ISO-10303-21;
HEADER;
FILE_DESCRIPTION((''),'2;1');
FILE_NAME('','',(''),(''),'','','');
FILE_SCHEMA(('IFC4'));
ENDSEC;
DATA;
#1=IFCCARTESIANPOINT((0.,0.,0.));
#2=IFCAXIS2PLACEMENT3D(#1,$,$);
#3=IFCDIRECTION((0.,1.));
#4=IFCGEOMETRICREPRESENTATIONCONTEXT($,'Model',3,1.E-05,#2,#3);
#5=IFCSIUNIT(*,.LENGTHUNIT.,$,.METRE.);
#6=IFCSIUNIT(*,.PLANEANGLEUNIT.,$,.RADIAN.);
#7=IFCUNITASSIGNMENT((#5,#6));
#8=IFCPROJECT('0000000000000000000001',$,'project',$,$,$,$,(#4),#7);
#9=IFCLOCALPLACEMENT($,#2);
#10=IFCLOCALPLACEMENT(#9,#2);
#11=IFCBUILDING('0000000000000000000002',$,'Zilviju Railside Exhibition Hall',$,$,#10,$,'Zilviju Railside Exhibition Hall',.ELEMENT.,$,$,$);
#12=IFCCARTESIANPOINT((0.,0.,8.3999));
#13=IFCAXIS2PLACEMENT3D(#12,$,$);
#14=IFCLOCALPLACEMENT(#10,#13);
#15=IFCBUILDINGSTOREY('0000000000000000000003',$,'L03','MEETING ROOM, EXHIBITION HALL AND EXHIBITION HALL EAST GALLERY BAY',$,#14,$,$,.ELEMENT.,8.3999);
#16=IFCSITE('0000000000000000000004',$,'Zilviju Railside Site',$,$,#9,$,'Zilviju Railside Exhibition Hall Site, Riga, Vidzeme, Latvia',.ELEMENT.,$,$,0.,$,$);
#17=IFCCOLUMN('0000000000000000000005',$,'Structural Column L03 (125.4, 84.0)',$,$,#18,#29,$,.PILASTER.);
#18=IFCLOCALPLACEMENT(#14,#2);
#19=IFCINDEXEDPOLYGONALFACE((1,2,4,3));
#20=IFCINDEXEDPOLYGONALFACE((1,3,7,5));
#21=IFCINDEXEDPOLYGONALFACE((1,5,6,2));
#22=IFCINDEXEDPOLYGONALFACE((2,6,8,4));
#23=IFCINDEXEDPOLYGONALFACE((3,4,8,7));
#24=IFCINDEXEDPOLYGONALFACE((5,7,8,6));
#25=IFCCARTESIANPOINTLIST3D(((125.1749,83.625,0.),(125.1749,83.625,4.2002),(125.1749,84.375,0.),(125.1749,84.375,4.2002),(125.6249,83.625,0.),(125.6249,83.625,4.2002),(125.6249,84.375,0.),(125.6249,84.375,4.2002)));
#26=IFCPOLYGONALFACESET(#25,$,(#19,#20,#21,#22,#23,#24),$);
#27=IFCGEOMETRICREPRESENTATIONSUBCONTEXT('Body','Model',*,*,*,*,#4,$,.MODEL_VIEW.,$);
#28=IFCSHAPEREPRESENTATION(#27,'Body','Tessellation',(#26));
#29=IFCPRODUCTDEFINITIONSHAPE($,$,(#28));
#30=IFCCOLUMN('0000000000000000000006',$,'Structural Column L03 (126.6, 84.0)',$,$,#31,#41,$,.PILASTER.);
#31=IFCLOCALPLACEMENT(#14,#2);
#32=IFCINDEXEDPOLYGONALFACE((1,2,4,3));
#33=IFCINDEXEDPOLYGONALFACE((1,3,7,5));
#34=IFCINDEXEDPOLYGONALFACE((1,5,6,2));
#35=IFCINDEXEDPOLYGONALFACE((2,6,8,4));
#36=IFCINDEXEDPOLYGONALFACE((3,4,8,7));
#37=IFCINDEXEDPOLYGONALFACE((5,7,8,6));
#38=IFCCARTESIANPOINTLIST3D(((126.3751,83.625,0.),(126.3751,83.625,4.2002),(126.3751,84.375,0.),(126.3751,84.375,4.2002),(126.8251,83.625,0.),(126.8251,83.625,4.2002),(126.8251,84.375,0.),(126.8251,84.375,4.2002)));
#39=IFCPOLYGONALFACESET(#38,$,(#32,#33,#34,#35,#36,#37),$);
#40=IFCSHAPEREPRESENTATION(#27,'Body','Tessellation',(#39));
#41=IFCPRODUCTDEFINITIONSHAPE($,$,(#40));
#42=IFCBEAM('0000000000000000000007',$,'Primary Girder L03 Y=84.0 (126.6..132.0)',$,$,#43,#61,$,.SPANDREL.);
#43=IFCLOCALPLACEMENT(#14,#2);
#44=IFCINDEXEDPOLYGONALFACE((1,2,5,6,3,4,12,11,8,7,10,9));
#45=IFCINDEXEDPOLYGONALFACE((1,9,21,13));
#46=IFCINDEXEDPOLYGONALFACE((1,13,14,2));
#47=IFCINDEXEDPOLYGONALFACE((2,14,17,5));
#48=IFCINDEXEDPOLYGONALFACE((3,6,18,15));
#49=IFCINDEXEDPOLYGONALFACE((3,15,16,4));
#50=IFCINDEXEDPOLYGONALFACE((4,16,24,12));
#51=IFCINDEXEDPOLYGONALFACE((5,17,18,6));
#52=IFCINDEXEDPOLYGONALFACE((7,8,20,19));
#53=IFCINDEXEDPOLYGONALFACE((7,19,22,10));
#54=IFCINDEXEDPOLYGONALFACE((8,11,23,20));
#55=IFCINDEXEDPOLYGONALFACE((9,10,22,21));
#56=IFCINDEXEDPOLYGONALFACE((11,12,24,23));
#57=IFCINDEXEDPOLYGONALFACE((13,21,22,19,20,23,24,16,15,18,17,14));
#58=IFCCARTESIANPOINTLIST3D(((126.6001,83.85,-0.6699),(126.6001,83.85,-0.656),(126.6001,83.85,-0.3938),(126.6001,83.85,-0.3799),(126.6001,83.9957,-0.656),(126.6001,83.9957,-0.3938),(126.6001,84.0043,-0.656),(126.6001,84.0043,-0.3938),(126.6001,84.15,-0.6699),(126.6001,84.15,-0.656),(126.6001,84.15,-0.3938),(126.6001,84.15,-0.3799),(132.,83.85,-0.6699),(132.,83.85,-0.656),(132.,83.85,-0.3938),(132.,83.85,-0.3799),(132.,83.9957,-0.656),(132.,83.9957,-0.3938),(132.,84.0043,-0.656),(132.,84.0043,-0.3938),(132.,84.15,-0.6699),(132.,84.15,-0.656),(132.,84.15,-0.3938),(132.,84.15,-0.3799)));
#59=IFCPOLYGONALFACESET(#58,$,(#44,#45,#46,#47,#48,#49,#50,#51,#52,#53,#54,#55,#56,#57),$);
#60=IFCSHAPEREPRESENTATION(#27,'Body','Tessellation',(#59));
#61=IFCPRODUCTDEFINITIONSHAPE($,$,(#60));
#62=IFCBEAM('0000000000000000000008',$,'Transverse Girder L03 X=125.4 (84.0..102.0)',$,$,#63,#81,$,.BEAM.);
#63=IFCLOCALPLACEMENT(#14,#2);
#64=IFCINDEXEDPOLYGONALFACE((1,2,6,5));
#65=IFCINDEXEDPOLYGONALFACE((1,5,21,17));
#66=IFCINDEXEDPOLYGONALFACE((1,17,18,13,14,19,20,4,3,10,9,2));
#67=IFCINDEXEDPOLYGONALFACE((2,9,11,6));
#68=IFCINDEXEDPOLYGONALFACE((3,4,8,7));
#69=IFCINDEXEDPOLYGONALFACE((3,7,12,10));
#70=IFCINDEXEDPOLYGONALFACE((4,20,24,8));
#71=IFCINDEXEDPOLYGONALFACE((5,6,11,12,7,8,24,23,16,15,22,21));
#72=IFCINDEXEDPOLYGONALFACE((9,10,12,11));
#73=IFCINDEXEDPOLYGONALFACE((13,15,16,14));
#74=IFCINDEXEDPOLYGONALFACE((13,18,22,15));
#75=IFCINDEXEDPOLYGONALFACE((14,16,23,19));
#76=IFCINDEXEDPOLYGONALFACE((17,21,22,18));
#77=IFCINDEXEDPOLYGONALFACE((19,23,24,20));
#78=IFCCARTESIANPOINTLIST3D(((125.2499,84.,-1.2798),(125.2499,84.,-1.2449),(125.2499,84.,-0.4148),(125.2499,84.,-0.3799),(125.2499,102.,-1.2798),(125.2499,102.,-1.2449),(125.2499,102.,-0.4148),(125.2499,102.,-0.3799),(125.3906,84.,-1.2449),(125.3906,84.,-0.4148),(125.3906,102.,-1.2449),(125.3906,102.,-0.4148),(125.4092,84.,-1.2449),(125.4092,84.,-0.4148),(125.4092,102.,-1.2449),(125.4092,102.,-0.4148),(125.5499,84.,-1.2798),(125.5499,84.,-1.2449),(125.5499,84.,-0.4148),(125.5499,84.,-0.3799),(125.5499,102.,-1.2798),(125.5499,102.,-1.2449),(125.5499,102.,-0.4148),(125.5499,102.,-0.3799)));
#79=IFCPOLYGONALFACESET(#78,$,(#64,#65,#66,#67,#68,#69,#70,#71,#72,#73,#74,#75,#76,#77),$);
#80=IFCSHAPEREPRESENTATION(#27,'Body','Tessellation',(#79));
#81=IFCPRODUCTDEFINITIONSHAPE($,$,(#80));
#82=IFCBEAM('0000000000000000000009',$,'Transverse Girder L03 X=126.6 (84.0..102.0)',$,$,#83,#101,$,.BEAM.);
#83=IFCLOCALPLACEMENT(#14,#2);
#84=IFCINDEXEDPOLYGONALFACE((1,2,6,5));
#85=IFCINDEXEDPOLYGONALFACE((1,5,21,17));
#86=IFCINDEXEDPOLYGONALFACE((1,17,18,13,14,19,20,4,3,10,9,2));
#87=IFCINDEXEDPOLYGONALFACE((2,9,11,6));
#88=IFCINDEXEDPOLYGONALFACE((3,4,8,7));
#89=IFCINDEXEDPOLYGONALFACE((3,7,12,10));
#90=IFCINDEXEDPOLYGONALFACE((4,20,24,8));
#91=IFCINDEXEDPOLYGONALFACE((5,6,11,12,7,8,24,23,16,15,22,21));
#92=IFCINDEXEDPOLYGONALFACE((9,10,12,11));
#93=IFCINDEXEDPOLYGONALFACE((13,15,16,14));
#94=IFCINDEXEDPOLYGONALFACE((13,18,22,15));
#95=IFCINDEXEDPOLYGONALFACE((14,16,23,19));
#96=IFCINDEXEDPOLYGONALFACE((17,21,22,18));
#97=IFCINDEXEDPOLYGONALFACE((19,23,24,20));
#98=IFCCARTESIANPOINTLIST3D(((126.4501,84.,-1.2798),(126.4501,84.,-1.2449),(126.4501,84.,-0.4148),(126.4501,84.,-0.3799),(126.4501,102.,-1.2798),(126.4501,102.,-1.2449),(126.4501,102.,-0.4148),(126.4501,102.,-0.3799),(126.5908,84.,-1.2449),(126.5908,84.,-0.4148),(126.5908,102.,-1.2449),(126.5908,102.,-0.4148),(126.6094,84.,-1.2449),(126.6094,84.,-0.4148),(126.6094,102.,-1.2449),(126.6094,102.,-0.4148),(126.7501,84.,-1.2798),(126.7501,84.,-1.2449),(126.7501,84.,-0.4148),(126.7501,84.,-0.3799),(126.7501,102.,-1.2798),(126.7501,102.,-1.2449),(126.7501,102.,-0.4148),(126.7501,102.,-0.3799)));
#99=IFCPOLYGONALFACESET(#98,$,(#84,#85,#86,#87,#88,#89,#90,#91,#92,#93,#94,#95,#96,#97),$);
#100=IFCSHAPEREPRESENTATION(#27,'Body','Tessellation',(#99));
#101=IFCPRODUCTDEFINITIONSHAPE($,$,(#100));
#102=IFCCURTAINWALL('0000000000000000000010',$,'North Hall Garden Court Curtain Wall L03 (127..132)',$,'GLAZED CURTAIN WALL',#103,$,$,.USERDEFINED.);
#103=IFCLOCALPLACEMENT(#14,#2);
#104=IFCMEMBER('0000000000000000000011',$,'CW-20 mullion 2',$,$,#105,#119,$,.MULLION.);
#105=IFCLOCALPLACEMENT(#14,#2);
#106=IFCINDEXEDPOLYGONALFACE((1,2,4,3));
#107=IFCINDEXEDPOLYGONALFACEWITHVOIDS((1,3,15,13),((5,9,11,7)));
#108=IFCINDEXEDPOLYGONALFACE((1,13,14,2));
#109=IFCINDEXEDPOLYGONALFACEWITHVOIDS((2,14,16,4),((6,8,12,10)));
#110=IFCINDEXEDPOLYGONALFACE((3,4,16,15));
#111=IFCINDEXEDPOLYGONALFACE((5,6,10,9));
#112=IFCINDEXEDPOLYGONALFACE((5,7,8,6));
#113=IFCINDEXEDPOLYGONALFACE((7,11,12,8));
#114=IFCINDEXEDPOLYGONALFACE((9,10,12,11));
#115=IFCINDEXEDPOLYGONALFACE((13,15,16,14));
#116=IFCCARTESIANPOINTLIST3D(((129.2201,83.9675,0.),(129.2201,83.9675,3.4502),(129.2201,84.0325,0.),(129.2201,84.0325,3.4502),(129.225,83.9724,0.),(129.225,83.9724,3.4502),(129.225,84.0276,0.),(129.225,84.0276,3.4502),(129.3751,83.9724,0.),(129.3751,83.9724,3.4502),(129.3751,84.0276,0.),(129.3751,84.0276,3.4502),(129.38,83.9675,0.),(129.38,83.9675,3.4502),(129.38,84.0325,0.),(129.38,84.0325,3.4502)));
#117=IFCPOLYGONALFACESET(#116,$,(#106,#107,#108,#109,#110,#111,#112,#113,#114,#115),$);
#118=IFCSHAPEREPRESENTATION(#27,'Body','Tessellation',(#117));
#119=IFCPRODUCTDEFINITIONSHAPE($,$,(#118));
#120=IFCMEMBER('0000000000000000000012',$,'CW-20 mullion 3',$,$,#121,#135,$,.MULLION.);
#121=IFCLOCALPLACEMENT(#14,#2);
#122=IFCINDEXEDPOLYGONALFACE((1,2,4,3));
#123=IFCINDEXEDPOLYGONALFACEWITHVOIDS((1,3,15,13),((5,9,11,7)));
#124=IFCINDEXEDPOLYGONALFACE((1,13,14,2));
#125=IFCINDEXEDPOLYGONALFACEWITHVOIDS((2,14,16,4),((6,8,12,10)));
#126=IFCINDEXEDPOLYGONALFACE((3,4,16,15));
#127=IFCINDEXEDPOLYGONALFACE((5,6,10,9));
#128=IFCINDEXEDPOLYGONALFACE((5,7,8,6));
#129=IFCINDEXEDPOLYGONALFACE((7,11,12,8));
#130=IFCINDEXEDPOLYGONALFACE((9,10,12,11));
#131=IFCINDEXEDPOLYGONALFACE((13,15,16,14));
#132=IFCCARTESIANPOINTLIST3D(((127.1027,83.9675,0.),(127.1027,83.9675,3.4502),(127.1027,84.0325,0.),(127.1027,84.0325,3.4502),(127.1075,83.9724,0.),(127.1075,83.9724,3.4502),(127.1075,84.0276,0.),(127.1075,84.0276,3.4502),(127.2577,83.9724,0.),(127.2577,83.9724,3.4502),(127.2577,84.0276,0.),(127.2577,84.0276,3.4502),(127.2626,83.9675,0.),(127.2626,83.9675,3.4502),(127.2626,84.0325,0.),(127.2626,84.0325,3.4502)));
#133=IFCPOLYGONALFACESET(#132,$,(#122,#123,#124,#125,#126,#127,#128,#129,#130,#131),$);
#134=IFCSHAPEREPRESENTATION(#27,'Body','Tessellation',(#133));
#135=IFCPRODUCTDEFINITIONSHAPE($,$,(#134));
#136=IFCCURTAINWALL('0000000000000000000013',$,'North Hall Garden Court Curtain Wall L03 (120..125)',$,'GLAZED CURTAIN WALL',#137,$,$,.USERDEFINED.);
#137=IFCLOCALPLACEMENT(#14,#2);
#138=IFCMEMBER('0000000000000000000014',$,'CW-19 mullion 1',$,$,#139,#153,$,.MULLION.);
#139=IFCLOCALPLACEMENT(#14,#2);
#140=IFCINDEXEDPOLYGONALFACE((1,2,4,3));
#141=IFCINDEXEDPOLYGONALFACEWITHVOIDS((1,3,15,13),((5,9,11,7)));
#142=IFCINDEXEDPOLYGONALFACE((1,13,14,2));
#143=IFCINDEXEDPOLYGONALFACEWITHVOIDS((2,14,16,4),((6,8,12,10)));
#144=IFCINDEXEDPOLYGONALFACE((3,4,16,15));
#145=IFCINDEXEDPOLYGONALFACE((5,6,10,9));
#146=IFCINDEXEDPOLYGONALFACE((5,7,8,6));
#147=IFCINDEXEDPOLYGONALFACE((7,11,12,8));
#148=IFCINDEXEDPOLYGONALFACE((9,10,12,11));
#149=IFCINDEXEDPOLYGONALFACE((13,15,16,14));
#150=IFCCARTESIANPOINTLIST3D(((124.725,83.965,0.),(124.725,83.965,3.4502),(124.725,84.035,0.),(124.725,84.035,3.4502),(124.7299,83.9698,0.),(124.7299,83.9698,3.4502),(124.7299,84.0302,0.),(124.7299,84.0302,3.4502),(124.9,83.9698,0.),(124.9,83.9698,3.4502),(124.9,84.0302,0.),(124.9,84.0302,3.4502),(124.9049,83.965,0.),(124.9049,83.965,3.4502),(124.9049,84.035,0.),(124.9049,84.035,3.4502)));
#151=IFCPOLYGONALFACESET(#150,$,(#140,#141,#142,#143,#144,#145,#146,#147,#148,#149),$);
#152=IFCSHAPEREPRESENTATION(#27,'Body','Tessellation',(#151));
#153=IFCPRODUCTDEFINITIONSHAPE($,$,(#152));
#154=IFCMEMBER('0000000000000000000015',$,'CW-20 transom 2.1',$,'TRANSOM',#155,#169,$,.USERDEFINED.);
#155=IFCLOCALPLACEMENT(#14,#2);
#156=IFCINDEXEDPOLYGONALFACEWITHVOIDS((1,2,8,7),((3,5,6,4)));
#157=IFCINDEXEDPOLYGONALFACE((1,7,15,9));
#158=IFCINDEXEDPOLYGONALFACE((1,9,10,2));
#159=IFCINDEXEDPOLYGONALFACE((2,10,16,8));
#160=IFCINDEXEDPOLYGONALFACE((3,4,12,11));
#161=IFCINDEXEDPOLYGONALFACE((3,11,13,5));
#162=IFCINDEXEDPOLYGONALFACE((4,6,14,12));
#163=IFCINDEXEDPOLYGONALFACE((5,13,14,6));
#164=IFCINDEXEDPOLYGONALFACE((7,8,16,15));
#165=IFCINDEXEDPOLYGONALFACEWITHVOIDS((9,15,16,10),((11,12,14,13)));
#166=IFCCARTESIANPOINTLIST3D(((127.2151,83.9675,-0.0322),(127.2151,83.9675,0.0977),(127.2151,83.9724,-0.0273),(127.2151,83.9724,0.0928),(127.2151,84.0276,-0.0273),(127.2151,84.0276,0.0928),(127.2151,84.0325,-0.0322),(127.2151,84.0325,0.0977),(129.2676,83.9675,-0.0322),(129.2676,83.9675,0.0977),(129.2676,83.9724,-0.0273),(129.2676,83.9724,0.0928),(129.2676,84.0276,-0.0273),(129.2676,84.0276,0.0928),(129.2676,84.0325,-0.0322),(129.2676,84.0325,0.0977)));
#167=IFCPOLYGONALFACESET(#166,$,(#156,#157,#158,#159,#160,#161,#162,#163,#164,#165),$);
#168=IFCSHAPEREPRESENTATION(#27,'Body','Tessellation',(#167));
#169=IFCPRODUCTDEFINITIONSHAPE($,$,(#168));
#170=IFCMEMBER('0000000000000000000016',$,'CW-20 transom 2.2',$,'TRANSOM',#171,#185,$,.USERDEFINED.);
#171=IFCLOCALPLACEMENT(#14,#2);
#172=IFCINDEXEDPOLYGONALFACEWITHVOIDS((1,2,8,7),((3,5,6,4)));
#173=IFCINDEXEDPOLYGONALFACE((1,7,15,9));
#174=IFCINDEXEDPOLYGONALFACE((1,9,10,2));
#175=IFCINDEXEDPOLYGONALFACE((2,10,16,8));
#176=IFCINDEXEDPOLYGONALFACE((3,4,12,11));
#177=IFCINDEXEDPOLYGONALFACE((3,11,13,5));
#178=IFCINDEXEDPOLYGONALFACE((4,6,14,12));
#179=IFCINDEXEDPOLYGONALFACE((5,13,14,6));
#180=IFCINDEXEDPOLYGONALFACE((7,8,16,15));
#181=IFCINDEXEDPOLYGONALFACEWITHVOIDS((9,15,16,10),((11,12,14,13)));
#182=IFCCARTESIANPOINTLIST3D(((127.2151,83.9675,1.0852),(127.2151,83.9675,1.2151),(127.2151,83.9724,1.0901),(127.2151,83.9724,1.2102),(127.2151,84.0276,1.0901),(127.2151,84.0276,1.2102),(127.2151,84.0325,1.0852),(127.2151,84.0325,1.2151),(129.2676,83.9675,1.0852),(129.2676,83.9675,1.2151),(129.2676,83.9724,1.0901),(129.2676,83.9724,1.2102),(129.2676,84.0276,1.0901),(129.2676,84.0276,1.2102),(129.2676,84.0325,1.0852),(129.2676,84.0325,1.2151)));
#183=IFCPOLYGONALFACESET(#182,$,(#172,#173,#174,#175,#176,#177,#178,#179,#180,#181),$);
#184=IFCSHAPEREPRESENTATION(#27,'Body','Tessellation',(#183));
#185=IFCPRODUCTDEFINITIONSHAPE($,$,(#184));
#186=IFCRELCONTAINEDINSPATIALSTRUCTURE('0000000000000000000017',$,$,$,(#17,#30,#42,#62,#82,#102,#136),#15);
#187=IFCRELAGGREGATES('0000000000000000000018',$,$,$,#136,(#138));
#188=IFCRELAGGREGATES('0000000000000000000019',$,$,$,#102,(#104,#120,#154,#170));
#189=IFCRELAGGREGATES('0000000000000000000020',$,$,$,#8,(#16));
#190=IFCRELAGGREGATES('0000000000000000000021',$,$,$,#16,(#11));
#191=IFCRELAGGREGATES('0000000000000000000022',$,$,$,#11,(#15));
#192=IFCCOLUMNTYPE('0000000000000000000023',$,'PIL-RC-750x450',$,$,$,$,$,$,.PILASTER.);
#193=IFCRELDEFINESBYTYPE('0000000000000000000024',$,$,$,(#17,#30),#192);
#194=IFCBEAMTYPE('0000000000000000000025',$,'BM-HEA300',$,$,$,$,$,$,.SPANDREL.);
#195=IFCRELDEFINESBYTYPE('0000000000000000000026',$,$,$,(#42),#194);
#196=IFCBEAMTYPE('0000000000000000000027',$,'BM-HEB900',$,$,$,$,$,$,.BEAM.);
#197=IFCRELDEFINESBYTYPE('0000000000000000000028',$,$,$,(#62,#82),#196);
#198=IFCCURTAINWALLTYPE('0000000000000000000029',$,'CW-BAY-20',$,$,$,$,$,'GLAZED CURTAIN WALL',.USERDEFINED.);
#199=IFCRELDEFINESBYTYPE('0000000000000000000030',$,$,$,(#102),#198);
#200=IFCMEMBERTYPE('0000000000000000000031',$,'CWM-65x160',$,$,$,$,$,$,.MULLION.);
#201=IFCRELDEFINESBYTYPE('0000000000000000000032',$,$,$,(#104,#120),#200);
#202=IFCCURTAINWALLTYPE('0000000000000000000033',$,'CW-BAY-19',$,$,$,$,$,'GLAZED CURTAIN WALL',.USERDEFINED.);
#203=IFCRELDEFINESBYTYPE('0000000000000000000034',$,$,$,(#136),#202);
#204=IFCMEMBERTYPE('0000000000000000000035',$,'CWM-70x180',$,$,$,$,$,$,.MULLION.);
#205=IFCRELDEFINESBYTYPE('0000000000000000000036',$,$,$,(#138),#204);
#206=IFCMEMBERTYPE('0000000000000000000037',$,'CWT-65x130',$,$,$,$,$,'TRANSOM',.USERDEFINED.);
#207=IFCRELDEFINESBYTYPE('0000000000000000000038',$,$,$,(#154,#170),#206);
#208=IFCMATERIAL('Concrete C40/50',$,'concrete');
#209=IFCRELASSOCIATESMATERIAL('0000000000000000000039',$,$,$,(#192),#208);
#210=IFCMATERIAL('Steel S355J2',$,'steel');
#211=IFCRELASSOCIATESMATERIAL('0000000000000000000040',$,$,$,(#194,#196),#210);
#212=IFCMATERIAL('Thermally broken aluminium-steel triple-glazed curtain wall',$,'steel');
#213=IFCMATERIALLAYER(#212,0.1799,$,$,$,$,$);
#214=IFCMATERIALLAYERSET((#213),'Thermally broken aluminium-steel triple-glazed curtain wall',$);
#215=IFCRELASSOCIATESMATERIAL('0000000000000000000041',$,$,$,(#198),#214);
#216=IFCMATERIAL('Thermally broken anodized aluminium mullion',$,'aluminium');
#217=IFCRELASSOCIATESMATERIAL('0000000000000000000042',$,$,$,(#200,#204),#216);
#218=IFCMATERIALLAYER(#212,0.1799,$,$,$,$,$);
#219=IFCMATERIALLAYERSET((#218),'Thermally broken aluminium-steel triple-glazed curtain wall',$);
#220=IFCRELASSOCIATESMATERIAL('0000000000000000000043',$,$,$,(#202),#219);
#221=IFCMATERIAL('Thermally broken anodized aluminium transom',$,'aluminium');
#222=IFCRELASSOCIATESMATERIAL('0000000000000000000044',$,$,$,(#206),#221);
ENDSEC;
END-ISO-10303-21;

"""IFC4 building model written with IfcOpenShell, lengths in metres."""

from ifc_helpers import new_model, si_unit, direction, frame, origin, origin_2d, place, context, subcontext, project, spatial, rectangle, hollow_rectangle, i_section, extrude, material, layer, layer_set, material_profile, profile_set, type_object, element, aggregate, save


model = new_model("IFC4")

# Units and contexts
model_context = context("Model", 3, precision=1e-05, world=origin(), true_north=direction((0.0, 1.0)))
body_context = subcontext(model_context, "Body", "Model", "MODEL_VIEW")
ifc_project = project(units=[si_unit("LENGTHUNIT", "METRE"), si_unit("PLANEANGLEUNIT", "RADIAN")], contexts=[model_context])

# Site, building, storey
site_placement = place(None, origin())
site = spatial("IfcSite", under=ifc_project, at=site_placement, Name="Zilviju Railside Site", LongName="Zilviju Railside Exhibition Hall Site, Riga, Vidzeme, Latvia", CompositionType="ELEMENT", RefElevation=0.0)
building_placement = place(site_placement, origin())
building = spatial("IfcBuilding", under=site, at=building_placement, Name="Zilviju Railside Exhibition Hall", LongName="Zilviju Railside Exhibition Hall", CompositionType="ELEMENT")
storey_placement = place(building_placement, frame((0.0, 0.0, 8.3999)))
storey = spatial("IfcBuildingStorey", under=building, at=storey_placement, Name="L03", Description="MEETING ROOM, EXHIBITION HALL AND EXHIBITION HALL EAST GALLERY BAY", CompositionType="ELEMENT", Elevation=8.3999)

# Columns
ifc_material_1 = material(Name="Concrete C40/50", Category="concrete")
ifc_material_profile_1 = material_profile(ifc_material_1, rectangle(XDim=0.45, YDim=0.75, at=origin_2d()), Name="RC COL 450x750")
ifc_profile_set_1 = profile_set([ifc_material_profile_1], Name="Concrete C40/50")
column_type = type_object("IfcColumnType", Name="PIL-RC-750x450", PredefinedType="PILASTER", material=ifc_profile_set_1)
for number, where, z_axis, x_axis, name in (
    (1, (125.3999, 84.0, 0.0), (0.0, 0.0, 1.0), (1.0, 0.0, 0.0), "Structural Column L03 (125.4, 84.0)"),
    (2, (126.6001, 84.0, 0.0), (0.0, 0.0, 1.0), (1.0, 0.0, 0.0), "Structural Column L03 (126.6, 84.0)"),
):
    element("IfcColumn", number, at=place(storey_placement, frame(where, z_axis=z_axis, x_axis=x_axis)), inside=storey, type_object=column_type, Name=name, PredefinedType="PILASTER", context=body_context, shape_type="SweptSolid", body=[
        extrude(rectangle(XDim=0.45, YDim=0.75, at=origin_2d()), origin(), (0.0, 0.0, 1.0), 4.2002),
    ])

# Beams
ifc_material_2 = material(Name="Steel S355J2", Category="steel")
ifc_material_profile_2 = material_profile(ifc_material_2, i_section(OverallWidth=0.3, OverallDepth=0.29, WebThickness=0.0085, FlangeThickness=0.0139, at=origin_2d()), Name="HEA 300")
ifc_profile_set_2 = profile_set([ifc_material_profile_2], Name="Steel S355J2")
beam_type_1 = type_object("IfcBeamType", Name="BM-HEA300", PredefinedType="SPANDREL", material=ifc_profile_set_2)
beam_placement = place(storey_placement, frame((126.6001, 84.0, -0.5249), z_axis=(1.0, 0.0, 0.0), x_axis=(0.0, 1.0, 0.0)))
element("IfcBeam", 3, at=beam_placement, inside=storey, type_object=beam_type_1, Name="Primary Girder L03 Y=84.0 (126.6..132.0)", PredefinedType="SPANDREL", context=body_context, shape_type="SweptSolid", body=[
    extrude(i_section(OverallWidth=0.3, OverallDepth=0.29, WebThickness=0.0085, FlangeThickness=0.0139, at=origin_2d()), origin(), (0.0, 0.0, 1.0), 5.3999),
])
ifc_material_profile_3 = material_profile(ifc_material_2, i_section(OverallWidth=0.3, OverallDepth=0.8999, WebThickness=0.0186, FlangeThickness=0.0349, at=origin_2d()), Name="HEB 900")
ifc_profile_set_3 = profile_set([ifc_material_profile_3], Name="Steel S355J2")
beam_type_2 = type_object("IfcBeamType", Name="BM-HEB900", PredefinedType="BEAM", material=ifc_profile_set_3)
for number, where, z_axis, x_axis, name in (
    (4, (125.3999, 84.0, -0.8298), (0.0, 1.0, 0.0), (-1.0, 0.0, 0.0), "Transverse Girder L03 X=125.4 (84.0..102.0)"),
    (5, (126.6001, 84.0, -0.8298), (0.0, 1.0, 0.0), (-1.0, 0.0, 0.0), "Transverse Girder L03 X=126.6 (84.0..102.0)"),
):
    element("IfcBeam", number, at=place(storey_placement, frame(where, z_axis=z_axis, x_axis=x_axis)), inside=storey, type_object=beam_type_2, Name=name, PredefinedType="BEAM", context=body_context, shape_type="SweptSolid", body=[
        extrude(i_section(OverallWidth=0.3, OverallDepth=0.8999, WebThickness=0.0186, FlangeThickness=0.0349, at=origin_2d()), origin(), (0.0, 0.0, 1.0), 18.0),
    ])

# Curtain wall, members
ifc_material_3 = material(Name="Thermally broken aluminium-steel triple-glazed curtain wall", Category="steel")
ifc_layer_1 = layer(ifc_material_3, 0.1799)
ifc_layer_set_1 = layer_set([ifc_layer_1], Name="Thermally broken aluminium-steel triple-glazed curtain wall")
curtain_wall_type_1 = type_object("IfcCurtainWallType", Name="CW-BAY-20", ElementType="GLAZED CURTAIN WALL", PredefinedType="USERDEFINED", material=ifc_layer_set_1)
curtain_wall_1_placement = place(storey_placement, origin())
curtain_wall_1 = element("IfcCurtainWall", 6, at=curtain_wall_1_placement, inside=storey, type_object=curtain_wall_type_1, Name="North Hall Garden Court Curtain Wall L03 (127..132)", ObjectType="GLAZED CURTAIN WALL", PredefinedType="USERDEFINED")
ifc_material_4 = material(Name="Thermally broken anodized aluminium mullion", Category="aluminium")
ifc_material_profile_4 = material_profile(ifc_material_4, hollow_rectangle(XDim=0.0649, YDim=0.1599, WallThickness=0.0049, at=origin_2d()), Name="MULLION 160x65x5")
ifc_profile_set_4 = profile_set([ifc_material_profile_4], Name="Thermally broken anodized aluminium mullion")
member_type_1 = type_object("IfcMemberType", Name="CWM-65x160", PredefinedType="MULLION", material=ifc_profile_set_4)
member_1_placement = place(storey_placement, frame((129.3, 84.0, 0.0), z_axis=(0.0, 0.0, 1.0), x_axis=(0.0, -1.0, 0.0)))
member_1 = element("IfcMember", 7, at=member_1_placement, type_object=member_type_1, Name="CW-20 mullion 2", PredefinedType="MULLION", context=body_context, shape_type="SweptSolid", body=[
    extrude(hollow_rectangle(XDim=0.0649, YDim=0.1599, WallThickness=0.0049, at=origin_2d()), origin(), (0.0, 0.0, 1.0), 3.4502),
])
member_2_placement = place(storey_placement, frame((127.1826, 84.0, 0.0), z_axis=(0.0, 0.0, 1.0), x_axis=(0.0, -1.0, 0.0)))
member_2 = element("IfcMember", 8, at=member_2_placement, type_object=member_type_1, Name="CW-20 mullion 3", PredefinedType="MULLION", context=body_context, shape_type="SweptSolid", body=[
    extrude(hollow_rectangle(XDim=0.0649, YDim=0.1599, WallThickness=0.0049, at=origin_2d()), origin(), (0.0, 0.0, 1.0), 3.4502),
])

# Curtain wall, member
ifc_layer_2 = layer(ifc_material_3, 0.1799)
ifc_layer_set_2 = layer_set([ifc_layer_2], Name="Thermally broken aluminium-steel triple-glazed curtain wall")
curtain_wall_type_2 = type_object("IfcCurtainWallType", Name="CW-BAY-19", ElementType="GLAZED CURTAIN WALL", PredefinedType="USERDEFINED", material=ifc_layer_set_2)
curtain_wall_2_placement = place(storey_placement, origin())
curtain_wall_2 = element("IfcCurtainWall", 9, at=curtain_wall_2_placement, inside=storey, type_object=curtain_wall_type_2, Name="North Hall Garden Court Curtain Wall L03 (120..125)", ObjectType="GLAZED CURTAIN WALL", PredefinedType="USERDEFINED")
ifc_material_profile_5 = material_profile(ifc_material_4, hollow_rectangle(XDim=0.0701, YDim=0.1799, WallThickness=0.0049, at=origin_2d()), Name="MULLION 180x70x5")
ifc_profile_set_5 = profile_set([ifc_material_profile_5], Name="Thermally broken anodized aluminium mullion")
member_type_2 = type_object("IfcMemberType", Name="CWM-70x180", PredefinedType="MULLION", material=ifc_profile_set_5)
member_3_placement = place(storey_placement, frame((124.8149, 84.0, 0.0), z_axis=(0.0, 0.0, 1.0), x_axis=(0.0, -1.0, 0.0)))
member_3 = element("IfcMember", 10, at=member_3_placement, type_object=member_type_2, Name="CW-19 mullion 1", PredefinedType="MULLION", context=body_context, shape_type="SweptSolid", body=[
    extrude(hollow_rectangle(XDim=0.0701, YDim=0.1799, WallThickness=0.0049, at=origin_2d()), origin(), (0.0, 0.0, 1.0), 3.4502),
])

# Members
ifc_material_5 = material(Name="Thermally broken anodized aluminium transom", Category="aluminium")
ifc_material_profile_6 = material_profile(ifc_material_5, hollow_rectangle(XDim=0.0649, YDim=0.1299, WallThickness=0.0049, at=origin_2d()), Name="TRANSOM 130x65x5")
ifc_profile_set_6 = profile_set([ifc_material_profile_6], Name="Thermally broken anodized aluminium transom")
member_type_3 = type_object("IfcMemberType", Name="CWT-65x130", ElementType="TRANSOM", PredefinedType="USERDEFINED", material=ifc_profile_set_6)
member_4_placement = place(storey_placement, frame((129.2676, 84.0, 0.0327), z_axis=(-1.0, 0.0, 0.0), x_axis=(0.0, -1.0, 0.0)))
member_4 = element("IfcMember", 11, at=member_4_placement, type_object=member_type_3, Name="CW-20 transom 2.1", ObjectType="TRANSOM", PredefinedType="USERDEFINED", context=body_context, shape_type="SweptSolid", body=[
    extrude(hollow_rectangle(XDim=0.0649, YDim=0.1299, WallThickness=0.0049, at=origin_2d()), origin(), (0.0, 0.0, 1.0), 2.0525),
])
member_5_placement = place(storey_placement, frame((129.2676, 84.0, 1.1501), z_axis=(-1.0, 0.0, 0.0), x_axis=(0.0, -1.0, 0.0)))
member_5 = element("IfcMember", 12, at=member_5_placement, type_object=member_type_3, Name="CW-20 transom 2.2", ObjectType="TRANSOM", PredefinedType="USERDEFINED", context=body_context, shape_type="SweptSolid", body=[
    extrude(hollow_rectangle(XDim=0.0649, YDim=0.1299, WallThickness=0.0049, at=origin_2d()), origin(), (0.0, 0.0, 1.0), 2.0525),
])
aggregate(curtain_wall_2, [member_3])

aggregate(curtain_wall_1, [member_1, member_2, member_4, member_5])

save(model, "model.ifc")
